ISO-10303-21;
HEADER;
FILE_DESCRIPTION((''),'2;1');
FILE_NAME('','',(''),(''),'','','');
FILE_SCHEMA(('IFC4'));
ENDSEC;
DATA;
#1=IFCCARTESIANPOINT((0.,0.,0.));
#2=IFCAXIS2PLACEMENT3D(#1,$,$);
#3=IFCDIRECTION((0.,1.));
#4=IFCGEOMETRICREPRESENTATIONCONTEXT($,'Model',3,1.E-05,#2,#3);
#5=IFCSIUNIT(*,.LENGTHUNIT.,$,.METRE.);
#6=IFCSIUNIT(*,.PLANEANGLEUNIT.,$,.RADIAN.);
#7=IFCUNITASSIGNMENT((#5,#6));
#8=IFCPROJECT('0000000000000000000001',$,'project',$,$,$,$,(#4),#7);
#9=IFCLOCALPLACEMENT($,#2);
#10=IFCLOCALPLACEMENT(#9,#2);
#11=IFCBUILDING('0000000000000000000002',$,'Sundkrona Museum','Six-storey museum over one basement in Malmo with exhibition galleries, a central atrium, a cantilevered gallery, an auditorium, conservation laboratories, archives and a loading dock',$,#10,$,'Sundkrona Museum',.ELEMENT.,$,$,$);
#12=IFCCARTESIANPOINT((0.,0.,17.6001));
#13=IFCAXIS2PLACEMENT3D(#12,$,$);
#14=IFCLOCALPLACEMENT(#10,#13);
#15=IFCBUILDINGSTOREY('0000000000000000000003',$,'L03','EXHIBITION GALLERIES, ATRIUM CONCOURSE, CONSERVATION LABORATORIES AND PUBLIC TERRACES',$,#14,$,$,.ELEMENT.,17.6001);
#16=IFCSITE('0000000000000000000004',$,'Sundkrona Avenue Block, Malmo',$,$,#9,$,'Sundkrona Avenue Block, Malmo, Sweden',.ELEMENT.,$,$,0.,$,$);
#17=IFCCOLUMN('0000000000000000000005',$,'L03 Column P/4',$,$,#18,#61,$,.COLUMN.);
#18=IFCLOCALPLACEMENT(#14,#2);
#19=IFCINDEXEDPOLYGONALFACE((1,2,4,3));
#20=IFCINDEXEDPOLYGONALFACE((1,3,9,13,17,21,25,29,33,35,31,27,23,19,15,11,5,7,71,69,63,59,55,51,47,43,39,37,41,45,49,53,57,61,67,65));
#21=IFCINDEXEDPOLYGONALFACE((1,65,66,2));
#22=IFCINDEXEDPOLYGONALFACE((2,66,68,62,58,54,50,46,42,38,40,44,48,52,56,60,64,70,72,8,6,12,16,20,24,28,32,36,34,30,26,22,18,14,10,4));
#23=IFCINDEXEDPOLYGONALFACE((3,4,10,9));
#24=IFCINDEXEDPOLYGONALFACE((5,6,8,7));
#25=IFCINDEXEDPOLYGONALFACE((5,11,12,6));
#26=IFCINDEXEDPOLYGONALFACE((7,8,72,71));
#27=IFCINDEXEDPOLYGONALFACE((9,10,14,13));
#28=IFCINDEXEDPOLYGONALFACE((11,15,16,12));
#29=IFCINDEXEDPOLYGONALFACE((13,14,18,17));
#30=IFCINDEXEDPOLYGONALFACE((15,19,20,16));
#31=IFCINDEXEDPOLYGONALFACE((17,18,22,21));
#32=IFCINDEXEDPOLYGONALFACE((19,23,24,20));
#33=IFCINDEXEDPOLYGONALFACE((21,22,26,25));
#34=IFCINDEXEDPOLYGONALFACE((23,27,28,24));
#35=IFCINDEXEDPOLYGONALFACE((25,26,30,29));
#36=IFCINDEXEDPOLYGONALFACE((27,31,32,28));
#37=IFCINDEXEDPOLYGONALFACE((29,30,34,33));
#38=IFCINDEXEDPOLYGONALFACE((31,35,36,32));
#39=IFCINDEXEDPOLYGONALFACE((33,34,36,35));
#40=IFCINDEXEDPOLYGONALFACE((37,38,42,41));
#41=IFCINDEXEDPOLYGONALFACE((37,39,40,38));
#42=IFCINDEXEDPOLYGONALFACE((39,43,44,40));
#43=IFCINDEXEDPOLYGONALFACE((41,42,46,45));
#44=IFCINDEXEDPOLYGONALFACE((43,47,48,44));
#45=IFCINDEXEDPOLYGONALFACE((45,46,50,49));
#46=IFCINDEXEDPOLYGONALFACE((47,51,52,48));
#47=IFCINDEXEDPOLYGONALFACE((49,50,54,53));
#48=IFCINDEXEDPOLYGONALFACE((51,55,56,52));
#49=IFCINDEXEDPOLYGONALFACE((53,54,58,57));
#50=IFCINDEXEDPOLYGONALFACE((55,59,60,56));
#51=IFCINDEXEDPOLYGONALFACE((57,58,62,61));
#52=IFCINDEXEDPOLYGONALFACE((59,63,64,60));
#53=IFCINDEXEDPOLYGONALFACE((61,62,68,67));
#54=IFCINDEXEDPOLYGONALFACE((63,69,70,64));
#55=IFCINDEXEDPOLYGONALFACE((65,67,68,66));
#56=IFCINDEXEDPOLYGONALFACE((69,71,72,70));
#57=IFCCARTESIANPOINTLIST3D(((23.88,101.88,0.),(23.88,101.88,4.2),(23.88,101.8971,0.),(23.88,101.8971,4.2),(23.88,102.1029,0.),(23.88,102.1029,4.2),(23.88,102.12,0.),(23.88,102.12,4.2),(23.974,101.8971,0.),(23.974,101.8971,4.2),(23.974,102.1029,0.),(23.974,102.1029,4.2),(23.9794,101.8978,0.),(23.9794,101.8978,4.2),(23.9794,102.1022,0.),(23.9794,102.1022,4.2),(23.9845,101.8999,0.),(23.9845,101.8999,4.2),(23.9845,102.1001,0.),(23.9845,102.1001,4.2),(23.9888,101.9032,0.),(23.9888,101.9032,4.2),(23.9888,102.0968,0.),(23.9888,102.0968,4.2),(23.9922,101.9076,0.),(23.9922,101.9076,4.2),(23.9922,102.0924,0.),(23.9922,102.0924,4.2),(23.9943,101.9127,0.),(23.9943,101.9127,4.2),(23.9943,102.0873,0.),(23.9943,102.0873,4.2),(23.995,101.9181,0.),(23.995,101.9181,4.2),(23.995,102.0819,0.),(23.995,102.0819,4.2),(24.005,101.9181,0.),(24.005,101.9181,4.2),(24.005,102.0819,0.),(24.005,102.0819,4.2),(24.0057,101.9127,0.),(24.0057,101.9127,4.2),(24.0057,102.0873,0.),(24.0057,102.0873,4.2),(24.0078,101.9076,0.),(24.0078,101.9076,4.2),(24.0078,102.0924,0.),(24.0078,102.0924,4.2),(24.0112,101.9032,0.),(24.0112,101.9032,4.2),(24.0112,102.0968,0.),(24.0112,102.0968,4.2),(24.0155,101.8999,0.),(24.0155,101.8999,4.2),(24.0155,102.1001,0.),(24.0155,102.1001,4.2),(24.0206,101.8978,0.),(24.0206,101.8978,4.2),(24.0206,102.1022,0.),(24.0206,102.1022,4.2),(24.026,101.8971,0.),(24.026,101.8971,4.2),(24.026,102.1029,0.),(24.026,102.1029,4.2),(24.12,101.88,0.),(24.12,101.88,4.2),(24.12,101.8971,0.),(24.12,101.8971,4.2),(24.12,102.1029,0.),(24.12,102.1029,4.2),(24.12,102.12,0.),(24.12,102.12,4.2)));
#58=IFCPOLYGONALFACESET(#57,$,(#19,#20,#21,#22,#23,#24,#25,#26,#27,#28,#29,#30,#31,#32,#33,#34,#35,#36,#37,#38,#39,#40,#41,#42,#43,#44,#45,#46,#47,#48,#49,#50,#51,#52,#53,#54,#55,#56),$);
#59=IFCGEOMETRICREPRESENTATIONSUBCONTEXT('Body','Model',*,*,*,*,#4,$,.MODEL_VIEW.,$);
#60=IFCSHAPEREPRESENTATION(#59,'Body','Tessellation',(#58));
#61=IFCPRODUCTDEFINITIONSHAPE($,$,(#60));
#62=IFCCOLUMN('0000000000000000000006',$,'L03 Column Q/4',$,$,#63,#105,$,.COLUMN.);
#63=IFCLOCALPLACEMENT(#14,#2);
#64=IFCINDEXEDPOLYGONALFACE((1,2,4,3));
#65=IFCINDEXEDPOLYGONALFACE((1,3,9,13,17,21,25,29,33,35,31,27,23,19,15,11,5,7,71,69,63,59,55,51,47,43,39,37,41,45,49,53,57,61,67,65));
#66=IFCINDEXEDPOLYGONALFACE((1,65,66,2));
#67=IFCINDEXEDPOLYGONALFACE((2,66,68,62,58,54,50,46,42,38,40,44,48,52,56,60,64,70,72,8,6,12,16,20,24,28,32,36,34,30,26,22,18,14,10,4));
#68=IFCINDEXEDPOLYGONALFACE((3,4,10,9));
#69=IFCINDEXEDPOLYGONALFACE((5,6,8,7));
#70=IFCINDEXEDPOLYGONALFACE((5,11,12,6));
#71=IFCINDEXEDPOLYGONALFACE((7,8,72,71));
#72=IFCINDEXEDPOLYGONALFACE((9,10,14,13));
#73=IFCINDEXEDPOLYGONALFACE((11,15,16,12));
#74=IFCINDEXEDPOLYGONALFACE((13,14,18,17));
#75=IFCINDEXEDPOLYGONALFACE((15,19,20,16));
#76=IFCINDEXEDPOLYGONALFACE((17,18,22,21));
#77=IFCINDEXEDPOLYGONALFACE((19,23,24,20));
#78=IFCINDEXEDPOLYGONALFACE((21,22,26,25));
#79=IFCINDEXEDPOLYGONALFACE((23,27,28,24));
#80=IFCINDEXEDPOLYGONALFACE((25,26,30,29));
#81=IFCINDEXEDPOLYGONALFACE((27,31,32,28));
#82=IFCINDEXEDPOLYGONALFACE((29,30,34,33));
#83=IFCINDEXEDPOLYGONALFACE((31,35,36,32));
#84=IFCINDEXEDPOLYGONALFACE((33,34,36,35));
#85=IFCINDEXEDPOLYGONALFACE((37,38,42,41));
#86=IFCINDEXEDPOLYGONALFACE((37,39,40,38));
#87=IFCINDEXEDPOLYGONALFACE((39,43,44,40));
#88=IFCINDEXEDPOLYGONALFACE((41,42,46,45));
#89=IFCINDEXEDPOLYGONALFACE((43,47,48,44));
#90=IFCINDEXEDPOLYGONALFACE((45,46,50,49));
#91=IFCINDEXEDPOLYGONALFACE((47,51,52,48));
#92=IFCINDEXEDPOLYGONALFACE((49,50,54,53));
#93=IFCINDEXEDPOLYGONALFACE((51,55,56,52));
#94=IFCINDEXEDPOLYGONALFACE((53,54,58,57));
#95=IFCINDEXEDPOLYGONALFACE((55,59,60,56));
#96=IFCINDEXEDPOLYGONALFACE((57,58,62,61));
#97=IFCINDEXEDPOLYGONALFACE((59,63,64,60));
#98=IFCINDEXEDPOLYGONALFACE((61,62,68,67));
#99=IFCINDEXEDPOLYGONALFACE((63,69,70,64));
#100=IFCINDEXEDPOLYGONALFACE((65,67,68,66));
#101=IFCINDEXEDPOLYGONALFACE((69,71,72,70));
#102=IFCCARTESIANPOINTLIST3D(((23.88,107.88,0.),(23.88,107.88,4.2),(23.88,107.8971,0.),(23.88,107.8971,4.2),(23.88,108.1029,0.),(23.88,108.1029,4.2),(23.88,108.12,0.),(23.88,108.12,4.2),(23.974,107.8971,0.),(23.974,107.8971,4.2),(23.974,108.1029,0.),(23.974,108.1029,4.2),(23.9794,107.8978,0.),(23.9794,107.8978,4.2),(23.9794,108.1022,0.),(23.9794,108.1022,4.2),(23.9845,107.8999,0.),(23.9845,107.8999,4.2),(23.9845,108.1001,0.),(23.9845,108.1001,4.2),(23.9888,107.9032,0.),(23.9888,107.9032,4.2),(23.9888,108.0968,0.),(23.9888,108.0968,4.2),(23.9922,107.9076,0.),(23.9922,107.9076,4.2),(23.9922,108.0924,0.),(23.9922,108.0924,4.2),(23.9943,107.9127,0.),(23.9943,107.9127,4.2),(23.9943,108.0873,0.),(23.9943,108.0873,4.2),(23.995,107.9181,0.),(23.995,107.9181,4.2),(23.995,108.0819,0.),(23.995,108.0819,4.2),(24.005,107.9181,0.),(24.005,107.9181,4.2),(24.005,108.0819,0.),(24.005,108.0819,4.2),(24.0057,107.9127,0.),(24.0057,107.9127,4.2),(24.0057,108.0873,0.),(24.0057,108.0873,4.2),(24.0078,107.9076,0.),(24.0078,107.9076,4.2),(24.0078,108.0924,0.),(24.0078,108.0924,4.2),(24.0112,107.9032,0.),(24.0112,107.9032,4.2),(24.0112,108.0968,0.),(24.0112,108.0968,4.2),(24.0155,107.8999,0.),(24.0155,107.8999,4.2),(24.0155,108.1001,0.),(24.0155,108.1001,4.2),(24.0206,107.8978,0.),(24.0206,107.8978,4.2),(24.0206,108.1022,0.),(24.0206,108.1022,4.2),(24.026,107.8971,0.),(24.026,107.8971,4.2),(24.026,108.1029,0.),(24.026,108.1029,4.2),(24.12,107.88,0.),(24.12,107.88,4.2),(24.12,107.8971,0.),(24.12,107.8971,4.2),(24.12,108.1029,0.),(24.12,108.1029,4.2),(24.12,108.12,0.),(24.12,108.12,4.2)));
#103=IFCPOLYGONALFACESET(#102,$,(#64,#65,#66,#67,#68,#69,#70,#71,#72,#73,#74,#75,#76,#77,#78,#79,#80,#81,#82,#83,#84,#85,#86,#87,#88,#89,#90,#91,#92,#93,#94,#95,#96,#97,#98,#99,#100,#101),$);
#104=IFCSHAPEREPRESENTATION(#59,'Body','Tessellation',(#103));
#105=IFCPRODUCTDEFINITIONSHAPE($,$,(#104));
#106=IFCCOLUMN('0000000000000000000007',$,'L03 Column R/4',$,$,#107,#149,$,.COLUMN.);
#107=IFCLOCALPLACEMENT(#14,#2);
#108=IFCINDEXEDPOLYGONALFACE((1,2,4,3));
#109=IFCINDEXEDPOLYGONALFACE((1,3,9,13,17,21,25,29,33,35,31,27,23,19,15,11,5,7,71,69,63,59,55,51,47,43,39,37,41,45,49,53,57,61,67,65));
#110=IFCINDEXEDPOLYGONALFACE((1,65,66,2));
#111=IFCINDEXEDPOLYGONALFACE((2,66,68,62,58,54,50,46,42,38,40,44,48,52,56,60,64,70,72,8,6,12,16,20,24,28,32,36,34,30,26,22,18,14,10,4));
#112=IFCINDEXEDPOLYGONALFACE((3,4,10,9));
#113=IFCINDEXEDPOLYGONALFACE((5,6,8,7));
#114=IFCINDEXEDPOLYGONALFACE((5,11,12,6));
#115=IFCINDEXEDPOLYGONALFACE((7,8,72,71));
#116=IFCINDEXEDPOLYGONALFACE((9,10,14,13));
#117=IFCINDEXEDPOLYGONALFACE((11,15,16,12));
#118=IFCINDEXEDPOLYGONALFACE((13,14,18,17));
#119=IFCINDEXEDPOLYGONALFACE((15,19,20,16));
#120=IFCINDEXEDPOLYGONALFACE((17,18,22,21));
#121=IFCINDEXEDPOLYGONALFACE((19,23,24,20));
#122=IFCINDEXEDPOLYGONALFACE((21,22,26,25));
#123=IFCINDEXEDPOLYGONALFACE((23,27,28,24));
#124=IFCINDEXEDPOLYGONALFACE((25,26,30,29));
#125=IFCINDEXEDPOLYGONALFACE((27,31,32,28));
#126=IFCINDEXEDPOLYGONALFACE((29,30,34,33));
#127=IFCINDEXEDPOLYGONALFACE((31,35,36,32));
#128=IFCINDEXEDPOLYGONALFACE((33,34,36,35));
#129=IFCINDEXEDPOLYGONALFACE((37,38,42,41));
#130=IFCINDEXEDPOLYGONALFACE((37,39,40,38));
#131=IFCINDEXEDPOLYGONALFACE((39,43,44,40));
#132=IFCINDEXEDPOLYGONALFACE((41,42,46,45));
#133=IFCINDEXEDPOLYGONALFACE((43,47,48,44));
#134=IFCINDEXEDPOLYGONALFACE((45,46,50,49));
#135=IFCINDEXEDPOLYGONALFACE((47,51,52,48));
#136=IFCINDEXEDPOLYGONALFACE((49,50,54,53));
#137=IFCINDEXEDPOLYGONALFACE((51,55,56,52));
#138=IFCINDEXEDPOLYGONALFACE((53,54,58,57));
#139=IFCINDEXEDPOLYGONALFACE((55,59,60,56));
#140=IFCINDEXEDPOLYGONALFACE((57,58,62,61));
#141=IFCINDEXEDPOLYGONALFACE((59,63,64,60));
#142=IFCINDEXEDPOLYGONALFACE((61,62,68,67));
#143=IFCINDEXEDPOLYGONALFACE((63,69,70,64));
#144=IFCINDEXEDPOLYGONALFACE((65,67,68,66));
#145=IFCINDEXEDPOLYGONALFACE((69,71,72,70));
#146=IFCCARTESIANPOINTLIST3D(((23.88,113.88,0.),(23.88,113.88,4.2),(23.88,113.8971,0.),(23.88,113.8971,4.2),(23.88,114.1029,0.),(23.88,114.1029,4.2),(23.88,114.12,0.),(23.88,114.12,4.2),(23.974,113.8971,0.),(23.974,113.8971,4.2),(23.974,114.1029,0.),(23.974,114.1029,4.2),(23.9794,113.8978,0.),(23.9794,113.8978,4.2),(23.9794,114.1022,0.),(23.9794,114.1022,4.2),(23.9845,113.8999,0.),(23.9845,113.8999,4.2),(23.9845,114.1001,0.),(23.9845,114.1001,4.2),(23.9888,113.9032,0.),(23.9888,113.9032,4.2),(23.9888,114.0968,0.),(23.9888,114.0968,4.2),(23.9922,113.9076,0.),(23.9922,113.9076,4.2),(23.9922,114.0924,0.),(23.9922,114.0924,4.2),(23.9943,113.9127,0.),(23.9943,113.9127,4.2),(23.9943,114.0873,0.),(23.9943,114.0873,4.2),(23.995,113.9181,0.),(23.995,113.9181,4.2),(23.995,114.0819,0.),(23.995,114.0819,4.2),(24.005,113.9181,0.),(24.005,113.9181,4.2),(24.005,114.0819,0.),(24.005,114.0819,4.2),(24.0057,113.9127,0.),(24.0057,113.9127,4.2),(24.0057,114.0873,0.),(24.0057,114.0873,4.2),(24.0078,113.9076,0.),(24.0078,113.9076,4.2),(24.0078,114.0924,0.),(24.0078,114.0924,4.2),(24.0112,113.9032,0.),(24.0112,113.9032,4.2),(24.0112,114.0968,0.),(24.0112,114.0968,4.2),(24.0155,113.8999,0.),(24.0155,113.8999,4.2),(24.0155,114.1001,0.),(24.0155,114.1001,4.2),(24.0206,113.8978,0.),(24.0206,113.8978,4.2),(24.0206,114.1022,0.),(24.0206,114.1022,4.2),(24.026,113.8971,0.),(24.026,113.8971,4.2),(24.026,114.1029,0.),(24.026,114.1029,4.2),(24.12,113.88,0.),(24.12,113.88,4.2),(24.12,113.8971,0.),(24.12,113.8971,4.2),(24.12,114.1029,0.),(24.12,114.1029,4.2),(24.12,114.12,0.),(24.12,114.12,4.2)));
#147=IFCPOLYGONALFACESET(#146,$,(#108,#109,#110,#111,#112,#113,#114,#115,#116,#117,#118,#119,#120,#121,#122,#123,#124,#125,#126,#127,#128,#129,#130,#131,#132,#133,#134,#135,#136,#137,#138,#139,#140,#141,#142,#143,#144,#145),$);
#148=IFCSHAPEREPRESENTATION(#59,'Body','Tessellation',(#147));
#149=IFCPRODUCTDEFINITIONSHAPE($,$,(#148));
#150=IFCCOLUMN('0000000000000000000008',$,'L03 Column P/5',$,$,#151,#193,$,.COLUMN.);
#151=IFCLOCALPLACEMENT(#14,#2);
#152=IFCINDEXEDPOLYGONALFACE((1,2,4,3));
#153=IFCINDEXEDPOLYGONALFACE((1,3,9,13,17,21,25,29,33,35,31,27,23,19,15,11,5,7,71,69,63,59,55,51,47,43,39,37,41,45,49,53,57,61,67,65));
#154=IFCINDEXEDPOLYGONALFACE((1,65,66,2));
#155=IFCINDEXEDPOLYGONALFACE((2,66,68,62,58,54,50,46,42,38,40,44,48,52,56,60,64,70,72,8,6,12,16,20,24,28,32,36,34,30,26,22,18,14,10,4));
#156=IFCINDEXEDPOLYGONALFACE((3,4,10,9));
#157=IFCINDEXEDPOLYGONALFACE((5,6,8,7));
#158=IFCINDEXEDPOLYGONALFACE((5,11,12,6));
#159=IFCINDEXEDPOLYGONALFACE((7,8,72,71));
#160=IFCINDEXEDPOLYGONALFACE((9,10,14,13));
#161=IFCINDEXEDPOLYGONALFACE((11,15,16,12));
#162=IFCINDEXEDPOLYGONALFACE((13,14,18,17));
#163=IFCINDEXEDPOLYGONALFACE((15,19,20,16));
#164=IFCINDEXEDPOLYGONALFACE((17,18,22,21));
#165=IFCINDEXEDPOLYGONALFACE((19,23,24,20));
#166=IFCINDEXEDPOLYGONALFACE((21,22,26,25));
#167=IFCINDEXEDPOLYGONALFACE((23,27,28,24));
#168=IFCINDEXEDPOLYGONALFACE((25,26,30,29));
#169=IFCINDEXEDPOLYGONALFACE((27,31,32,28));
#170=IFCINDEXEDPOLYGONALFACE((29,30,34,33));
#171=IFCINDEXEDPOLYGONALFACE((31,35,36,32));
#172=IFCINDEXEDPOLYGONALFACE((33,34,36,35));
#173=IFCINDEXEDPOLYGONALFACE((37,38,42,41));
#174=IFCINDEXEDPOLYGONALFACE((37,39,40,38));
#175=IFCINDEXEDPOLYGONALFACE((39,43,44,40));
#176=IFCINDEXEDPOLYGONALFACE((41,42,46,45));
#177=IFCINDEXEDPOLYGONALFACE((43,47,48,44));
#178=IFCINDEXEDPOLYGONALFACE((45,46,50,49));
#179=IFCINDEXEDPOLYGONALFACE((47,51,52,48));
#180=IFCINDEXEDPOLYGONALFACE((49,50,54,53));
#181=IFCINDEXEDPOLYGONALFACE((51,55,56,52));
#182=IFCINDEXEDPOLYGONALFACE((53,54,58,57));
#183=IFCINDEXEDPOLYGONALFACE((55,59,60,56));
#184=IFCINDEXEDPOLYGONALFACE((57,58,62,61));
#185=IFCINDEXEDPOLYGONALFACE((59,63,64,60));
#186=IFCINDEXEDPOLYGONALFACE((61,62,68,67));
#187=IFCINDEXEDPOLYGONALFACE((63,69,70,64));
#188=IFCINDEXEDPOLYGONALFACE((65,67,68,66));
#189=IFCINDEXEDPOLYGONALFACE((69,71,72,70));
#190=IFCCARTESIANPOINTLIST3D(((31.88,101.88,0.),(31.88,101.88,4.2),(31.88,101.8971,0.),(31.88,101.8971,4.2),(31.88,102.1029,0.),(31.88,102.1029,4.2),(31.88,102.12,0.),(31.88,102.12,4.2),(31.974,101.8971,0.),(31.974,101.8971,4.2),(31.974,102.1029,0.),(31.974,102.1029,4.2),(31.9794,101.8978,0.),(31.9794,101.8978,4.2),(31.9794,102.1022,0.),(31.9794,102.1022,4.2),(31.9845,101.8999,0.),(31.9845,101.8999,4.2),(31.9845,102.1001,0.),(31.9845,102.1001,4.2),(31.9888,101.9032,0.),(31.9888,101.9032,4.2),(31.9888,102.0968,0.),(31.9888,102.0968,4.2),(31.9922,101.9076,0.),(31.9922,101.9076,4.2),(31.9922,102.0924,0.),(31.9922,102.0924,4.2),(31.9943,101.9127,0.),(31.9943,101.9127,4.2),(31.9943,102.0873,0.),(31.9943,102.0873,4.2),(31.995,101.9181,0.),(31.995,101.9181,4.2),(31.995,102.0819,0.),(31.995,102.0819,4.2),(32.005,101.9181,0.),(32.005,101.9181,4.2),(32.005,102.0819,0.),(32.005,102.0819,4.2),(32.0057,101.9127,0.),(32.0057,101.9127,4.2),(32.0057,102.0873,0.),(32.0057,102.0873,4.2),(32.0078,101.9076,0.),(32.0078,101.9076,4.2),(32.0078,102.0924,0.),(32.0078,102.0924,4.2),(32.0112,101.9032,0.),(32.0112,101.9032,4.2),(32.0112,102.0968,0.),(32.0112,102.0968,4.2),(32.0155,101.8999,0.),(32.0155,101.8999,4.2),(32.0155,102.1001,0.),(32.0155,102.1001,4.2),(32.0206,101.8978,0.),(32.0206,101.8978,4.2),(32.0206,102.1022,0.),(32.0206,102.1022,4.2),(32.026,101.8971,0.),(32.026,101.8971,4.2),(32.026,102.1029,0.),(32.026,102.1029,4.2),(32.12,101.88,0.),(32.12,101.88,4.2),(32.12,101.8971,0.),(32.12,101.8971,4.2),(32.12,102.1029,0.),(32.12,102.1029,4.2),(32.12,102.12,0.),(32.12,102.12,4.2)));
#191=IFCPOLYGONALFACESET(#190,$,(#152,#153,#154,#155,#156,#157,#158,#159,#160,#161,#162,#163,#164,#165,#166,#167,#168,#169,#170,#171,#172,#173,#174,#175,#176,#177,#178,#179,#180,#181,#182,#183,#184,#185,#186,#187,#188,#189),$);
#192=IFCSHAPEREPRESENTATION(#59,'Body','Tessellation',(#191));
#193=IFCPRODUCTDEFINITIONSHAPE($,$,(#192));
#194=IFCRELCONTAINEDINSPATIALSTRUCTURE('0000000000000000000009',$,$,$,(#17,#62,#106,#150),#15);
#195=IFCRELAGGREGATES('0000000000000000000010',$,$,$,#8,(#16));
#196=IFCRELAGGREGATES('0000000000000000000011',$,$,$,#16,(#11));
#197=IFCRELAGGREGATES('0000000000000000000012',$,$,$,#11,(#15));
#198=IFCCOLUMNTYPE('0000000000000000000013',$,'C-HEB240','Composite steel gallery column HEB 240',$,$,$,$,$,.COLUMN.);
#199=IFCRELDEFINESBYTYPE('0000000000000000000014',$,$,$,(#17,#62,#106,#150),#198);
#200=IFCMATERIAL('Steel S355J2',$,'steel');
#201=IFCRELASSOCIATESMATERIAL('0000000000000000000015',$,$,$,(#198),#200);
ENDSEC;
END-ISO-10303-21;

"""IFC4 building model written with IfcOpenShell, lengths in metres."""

from ifc_helpers import new_model, si_unit, direction, frame, origin, origin_2d, place, context, subcontext, project, spatial, i_section, extrude, material, material_profile, profile_set, type_object, element, save


model = new_model("IFC4")

# Units and contexts
model_context = context("Model", 3, precision=1e-05, world=origin(), true_north=direction((0.0, 1.0)))
body_context = subcontext(model_context, "Body", "Model", "MODEL_VIEW")
ifc_project = project(units=[si_unit("LENGTHUNIT", "METRE"), si_unit("PLANEANGLEUNIT", "RADIAN")], contexts=[model_context])

# Site, building, storey
site_placement = place(None, origin())
site = spatial("IfcSite", under=ifc_project, at=site_placement, Name="Sundkrona Avenue Block, Malmo", LongName="Sundkrona Avenue Block, Malmo, Sweden", CompositionType="ELEMENT", RefElevation=0.0)
building_placement = place(site_placement, origin())
building = spatial("IfcBuilding", under=site, at=building_placement, Name="Sundkrona Museum", Description="Six-storey museum over one basement in Malmo with exhibition galleries, a central atrium, a cantilevered gallery, an auditorium, conservation laboratories, archives and a loading dock", LongName="Sundkrona Museum", CompositionType="ELEMENT")
storey_placement = place(building_placement, frame((0.0, 0.0, 17.6001)))
storey = spatial("IfcBuildingStorey", under=building, at=storey_placement, Name="L03", Description="EXHIBITION GALLERIES, ATRIUM CONCOURSE, CONSERVATION LABORATORIES AND PUBLIC TERRACES", CompositionType="ELEMENT", Elevation=17.6001)

# Columns
ifc_material_1 = material(Name="Steel S355J2", Category="steel")
ifc_material_profile_1 = material_profile(ifc_material_1, i_section(OverallWidth=0.24, OverallDepth=0.24, WebThickness=0.01, FlangeThickness=0.0171, FilletRadius=0.021, at=origin_2d()), Name="HEB 240")
ifc_profile_set_1 = profile_set([ifc_material_profile_1], Name="Steel S355J2")
column_type = type_object("IfcColumnType", Name="C-HEB240", Description="Composite steel gallery column HEB 240", PredefinedType="COLUMN", material=ifc_profile_set_1)
for number, where, z_axis, x_axis, name in (
    (1, (24.0, 102.0, 0.0), (0.0, 0.0, 1.0), (1.0, 0.0, 0.0), "L03 Column P/4"),
    (2, (24.0, 108.0, 0.0), (0.0, 0.0, 1.0), (1.0, 0.0, 0.0), "L03 Column Q/4"),
    (3, (24.0, 114.0, 0.0), (0.0, 0.0, 1.0), (1.0, 0.0, 0.0), "L03 Column R/4"),
    (4, (32.0, 102.0, 0.0), (0.0, 0.0, 1.0), (1.0, 0.0, 0.0), "L03 Column P/5"),
):
    element("IfcColumn", number, at=place(storey_placement, frame(where, z_axis=z_axis, x_axis=x_axis)), inside=storey, type_object=column_type, Name=name, PredefinedType="COLUMN", context=body_context, shape_type="SweptSolid", body=[
        extrude(i_section(OverallWidth=0.24, OverallDepth=0.24, WebThickness=0.01, FlangeThickness=0.0171, FilletRadius=0.021, at=origin_2d()), origin(), (0.0, 0.0, 1.0), 4.2),
    ])

save(model, "model.ifc")
